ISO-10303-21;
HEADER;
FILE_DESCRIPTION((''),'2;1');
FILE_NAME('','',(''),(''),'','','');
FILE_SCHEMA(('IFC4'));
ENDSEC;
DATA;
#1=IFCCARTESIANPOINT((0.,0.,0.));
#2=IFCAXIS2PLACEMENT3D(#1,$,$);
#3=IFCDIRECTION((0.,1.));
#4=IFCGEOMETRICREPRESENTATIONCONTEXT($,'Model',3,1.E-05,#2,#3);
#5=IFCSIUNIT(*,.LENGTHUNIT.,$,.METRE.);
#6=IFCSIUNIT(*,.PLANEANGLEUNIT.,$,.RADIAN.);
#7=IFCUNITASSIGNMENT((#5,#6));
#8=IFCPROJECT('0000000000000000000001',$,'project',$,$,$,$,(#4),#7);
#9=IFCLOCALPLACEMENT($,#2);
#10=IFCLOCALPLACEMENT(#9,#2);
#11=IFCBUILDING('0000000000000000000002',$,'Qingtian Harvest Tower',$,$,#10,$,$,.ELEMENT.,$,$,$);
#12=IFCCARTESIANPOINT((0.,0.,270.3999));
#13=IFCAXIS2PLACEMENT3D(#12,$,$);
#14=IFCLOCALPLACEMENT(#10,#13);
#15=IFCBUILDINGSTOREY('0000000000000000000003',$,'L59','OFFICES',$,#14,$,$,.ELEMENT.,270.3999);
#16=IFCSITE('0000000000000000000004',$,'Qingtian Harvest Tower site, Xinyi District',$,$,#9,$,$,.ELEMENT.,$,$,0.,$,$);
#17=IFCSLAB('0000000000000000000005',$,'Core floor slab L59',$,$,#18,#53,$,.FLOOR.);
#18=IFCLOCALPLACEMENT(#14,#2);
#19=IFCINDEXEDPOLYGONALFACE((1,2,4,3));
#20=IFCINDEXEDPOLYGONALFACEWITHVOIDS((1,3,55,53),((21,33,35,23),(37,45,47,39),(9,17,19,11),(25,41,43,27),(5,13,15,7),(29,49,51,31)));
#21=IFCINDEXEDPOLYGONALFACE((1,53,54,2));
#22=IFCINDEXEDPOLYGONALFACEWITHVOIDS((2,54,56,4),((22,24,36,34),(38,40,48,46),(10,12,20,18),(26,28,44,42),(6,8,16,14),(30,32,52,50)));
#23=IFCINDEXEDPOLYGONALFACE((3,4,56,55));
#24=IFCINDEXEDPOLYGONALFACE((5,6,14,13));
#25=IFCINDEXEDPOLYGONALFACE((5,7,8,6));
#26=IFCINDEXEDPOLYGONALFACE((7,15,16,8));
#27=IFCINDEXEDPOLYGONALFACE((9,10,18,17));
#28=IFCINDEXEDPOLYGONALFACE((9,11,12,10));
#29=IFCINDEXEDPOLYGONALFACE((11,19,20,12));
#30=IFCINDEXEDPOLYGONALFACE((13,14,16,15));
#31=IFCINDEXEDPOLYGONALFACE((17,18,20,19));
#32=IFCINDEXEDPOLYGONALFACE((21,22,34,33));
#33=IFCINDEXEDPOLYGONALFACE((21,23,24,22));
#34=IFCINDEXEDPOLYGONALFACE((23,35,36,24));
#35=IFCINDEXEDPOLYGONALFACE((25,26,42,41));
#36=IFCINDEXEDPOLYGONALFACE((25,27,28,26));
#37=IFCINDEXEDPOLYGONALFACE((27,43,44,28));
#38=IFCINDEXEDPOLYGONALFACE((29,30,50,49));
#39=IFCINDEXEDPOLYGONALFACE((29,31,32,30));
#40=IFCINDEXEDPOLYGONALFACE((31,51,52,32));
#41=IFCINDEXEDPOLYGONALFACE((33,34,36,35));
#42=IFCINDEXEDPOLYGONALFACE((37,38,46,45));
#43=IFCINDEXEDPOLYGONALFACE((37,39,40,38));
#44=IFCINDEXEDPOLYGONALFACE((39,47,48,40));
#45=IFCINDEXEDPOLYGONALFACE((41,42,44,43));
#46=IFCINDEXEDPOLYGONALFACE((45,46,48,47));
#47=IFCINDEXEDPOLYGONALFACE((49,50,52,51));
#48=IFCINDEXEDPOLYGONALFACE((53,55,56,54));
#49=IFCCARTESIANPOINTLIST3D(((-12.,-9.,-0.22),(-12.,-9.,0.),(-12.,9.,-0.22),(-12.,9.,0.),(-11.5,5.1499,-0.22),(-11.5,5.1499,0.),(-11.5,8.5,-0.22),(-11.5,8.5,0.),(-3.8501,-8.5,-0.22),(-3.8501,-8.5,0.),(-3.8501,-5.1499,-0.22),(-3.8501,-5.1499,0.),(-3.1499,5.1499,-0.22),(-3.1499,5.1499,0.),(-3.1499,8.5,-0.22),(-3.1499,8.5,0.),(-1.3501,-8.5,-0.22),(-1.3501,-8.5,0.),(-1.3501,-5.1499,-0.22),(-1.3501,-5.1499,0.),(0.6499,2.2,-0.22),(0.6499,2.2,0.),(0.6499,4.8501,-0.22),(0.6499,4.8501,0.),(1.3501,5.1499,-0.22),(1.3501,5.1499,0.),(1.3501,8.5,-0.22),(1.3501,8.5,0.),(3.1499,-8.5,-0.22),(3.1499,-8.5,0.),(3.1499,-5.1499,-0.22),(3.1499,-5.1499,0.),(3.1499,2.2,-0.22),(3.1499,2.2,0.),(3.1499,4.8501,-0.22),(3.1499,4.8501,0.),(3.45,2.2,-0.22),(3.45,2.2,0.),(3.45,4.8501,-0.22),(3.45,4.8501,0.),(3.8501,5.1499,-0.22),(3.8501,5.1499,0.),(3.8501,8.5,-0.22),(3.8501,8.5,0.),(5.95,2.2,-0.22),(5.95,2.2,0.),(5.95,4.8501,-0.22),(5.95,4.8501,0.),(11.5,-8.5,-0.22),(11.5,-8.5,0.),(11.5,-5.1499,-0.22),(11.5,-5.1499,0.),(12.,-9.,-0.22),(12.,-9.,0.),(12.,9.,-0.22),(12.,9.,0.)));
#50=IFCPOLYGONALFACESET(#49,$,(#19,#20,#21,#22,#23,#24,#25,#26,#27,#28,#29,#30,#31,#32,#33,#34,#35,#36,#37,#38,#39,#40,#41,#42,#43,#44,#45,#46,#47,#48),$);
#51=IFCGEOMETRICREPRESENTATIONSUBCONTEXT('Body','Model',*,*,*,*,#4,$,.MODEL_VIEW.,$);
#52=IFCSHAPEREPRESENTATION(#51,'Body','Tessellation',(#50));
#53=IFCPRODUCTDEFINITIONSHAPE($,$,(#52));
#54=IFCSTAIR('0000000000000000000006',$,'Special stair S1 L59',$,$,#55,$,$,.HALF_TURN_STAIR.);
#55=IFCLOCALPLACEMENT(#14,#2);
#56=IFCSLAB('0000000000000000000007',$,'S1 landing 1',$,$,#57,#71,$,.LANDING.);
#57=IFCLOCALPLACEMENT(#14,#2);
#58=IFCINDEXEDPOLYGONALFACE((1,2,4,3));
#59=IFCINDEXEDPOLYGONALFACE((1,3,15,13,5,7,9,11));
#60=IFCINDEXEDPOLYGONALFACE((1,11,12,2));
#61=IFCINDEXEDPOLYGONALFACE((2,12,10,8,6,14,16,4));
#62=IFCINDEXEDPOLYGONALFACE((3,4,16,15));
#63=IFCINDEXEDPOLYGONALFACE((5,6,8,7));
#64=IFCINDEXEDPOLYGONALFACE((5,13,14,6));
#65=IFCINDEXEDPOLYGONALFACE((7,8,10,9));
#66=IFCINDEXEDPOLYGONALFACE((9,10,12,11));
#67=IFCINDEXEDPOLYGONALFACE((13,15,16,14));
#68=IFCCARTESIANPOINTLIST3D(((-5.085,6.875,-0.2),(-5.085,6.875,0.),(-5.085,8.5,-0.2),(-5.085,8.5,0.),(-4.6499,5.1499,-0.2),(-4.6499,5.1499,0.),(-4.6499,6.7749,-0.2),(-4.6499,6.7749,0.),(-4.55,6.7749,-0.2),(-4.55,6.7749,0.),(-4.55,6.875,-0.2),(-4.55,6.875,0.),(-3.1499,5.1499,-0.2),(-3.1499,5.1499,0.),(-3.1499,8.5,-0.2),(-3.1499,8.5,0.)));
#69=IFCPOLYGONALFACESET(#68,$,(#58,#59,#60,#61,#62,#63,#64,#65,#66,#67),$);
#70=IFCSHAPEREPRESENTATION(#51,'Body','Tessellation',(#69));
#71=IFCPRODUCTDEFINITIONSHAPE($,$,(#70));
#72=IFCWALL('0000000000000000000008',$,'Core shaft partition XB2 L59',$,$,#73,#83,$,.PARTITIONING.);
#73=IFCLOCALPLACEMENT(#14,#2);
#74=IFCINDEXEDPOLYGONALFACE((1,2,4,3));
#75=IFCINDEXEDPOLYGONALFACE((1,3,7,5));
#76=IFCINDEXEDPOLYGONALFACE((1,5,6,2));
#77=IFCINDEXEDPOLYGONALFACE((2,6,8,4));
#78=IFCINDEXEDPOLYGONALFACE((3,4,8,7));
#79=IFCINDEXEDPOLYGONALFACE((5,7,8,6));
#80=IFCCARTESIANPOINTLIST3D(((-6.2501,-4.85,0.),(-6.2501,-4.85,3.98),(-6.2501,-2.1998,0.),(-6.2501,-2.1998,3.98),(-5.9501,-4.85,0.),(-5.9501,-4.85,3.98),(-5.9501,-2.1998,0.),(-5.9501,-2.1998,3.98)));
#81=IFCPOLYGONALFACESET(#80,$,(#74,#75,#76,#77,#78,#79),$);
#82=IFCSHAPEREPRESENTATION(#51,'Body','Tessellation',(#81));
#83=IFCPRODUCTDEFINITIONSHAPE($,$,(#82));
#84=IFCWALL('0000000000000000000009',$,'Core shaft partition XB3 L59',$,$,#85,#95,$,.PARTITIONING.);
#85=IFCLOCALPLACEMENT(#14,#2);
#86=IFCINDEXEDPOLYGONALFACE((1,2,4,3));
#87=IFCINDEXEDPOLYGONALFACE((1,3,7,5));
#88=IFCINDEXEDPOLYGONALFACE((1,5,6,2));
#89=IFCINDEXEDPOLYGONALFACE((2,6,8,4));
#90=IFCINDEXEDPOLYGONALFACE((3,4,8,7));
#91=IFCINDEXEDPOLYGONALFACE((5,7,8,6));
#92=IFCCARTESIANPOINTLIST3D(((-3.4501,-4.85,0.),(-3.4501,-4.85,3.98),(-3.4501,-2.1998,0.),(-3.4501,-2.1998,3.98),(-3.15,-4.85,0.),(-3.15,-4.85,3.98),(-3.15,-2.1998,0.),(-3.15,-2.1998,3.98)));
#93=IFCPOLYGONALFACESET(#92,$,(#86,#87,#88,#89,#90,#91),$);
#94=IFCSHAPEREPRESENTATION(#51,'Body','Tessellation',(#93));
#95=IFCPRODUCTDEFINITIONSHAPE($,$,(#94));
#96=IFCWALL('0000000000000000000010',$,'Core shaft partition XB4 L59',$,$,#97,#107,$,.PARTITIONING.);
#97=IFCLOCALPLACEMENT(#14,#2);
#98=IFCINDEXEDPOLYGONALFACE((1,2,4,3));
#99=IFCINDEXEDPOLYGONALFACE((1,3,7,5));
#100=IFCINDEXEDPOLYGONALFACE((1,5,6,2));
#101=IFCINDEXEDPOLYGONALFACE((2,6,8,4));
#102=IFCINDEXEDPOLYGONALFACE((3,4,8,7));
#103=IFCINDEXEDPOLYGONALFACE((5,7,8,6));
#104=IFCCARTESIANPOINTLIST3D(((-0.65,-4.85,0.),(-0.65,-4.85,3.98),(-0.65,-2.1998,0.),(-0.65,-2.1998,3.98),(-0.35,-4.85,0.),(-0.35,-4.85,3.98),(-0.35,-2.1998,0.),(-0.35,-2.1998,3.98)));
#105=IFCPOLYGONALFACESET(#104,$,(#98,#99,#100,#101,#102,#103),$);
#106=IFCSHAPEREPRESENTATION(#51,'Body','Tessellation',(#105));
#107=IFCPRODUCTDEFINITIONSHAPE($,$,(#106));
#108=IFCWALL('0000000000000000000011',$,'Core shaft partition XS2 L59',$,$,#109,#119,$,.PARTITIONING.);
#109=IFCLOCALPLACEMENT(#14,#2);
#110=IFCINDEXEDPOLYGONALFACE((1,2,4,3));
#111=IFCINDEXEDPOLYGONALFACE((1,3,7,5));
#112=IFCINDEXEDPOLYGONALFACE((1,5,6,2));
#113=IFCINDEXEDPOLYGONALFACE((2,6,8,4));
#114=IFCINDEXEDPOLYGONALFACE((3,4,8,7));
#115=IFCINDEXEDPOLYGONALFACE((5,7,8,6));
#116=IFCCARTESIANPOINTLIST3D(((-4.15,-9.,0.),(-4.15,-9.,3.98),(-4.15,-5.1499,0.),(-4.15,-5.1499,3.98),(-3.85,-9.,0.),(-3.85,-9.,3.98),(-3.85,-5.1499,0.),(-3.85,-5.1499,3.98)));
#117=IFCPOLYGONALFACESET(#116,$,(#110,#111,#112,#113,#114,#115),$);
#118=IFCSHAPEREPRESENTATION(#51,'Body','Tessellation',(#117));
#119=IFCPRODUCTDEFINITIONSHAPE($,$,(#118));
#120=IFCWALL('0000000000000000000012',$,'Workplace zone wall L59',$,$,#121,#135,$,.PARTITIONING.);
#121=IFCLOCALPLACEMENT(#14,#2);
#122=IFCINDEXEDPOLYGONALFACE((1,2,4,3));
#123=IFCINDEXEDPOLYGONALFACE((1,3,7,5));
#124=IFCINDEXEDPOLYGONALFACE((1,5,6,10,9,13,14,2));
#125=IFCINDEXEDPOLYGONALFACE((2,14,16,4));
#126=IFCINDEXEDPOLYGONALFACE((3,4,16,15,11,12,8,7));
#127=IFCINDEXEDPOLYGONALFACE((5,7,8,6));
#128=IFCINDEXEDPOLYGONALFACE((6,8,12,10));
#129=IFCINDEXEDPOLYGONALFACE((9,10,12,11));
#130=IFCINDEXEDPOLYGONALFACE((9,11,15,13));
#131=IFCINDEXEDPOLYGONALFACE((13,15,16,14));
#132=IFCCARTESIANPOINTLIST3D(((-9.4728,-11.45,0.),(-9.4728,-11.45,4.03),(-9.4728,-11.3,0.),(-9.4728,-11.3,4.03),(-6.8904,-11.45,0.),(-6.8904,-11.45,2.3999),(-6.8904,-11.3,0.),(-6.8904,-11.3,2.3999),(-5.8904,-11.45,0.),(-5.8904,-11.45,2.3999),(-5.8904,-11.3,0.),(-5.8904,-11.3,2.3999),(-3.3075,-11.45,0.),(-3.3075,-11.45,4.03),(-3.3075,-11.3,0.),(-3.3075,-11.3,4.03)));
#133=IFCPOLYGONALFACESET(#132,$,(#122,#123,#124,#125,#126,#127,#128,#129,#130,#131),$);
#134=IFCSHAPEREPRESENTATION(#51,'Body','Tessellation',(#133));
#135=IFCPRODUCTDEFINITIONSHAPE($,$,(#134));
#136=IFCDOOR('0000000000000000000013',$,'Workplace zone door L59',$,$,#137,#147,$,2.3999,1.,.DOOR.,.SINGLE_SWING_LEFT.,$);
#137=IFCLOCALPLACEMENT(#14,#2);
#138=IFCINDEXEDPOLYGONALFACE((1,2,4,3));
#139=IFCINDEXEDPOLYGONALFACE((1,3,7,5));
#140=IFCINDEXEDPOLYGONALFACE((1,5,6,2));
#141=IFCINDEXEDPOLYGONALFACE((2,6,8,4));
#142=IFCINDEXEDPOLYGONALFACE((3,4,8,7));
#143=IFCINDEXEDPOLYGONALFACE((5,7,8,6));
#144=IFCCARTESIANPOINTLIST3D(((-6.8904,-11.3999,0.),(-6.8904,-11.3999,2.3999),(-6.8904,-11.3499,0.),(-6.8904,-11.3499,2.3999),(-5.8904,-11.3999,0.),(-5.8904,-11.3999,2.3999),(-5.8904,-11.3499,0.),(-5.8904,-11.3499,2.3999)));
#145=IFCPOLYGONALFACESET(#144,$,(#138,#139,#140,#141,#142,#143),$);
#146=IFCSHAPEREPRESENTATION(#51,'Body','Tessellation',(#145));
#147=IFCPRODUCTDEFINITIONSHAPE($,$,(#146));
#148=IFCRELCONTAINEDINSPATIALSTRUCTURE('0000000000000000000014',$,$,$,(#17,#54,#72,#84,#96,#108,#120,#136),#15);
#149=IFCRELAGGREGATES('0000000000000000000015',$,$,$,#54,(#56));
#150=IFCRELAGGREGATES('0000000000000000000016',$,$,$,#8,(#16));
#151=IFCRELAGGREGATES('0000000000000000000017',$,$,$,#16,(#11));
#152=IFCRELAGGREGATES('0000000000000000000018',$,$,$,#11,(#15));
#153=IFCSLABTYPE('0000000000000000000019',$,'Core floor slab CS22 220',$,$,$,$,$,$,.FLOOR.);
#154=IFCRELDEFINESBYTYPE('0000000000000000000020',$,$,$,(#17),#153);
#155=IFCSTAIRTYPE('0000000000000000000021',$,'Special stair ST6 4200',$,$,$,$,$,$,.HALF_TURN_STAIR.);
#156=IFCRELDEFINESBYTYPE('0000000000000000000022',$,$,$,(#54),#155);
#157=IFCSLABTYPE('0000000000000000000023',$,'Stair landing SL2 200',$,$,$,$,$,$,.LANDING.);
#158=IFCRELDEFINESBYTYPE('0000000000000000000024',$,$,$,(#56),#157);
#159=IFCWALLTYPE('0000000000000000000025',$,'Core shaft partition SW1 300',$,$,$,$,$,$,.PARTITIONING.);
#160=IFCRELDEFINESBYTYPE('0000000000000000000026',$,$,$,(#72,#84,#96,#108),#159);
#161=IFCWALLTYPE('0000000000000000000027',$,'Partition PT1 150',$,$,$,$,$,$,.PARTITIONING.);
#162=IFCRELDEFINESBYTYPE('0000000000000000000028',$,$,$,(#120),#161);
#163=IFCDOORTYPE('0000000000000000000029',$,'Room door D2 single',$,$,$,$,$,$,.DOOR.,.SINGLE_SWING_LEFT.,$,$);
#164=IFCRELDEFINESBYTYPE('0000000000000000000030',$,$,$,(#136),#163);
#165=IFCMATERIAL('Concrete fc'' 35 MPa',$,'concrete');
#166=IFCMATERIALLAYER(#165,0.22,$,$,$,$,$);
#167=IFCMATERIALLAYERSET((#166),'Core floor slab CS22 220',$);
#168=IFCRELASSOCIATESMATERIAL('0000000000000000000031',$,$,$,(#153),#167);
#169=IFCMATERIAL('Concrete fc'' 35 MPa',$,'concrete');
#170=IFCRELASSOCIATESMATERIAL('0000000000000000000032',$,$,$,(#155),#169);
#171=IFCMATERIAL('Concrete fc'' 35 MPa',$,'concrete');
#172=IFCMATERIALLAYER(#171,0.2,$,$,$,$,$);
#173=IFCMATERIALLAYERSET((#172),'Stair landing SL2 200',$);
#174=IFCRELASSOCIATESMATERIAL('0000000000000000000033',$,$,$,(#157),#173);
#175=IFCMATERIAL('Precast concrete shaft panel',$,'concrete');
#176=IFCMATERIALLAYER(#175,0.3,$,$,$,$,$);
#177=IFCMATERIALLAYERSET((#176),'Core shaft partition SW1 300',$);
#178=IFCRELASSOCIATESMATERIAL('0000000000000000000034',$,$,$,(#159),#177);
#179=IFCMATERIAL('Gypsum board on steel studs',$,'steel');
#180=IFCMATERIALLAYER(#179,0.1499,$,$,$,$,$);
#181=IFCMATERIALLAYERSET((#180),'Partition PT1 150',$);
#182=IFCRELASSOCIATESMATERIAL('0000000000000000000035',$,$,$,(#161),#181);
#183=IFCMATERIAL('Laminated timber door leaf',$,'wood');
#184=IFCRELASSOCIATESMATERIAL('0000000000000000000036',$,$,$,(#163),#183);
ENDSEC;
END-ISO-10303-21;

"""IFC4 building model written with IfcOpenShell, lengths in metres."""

from ifc_helpers import new_model, si_unit, direction, frame, frame_2d, origin, place, context, subcontext, project, spatial, polyline, rectangle, outline, extrude, material, layer, layer_set, type_object, element, fill, aggregate, save


model = new_model("IFC4")

# Units and contexts
model_context = context("Model", 3, precision=1e-05, world=origin(), true_north=direction((0.0, 1.0)))
body_context = subcontext(model_context, "Body", "Model", "MODEL_VIEW")
ifc_project = project(units=[si_unit("LENGTHUNIT", "METRE"), si_unit("PLANEANGLEUNIT", "RADIAN")], contexts=[model_context])

# Site, building, storey
site_placement = place(None, origin())
site = spatial("IfcSite", under=ifc_project, at=site_placement, Name="Qingtian Harvest Tower site, Xinyi District", CompositionType="ELEMENT", RefElevation=0.0)
building_placement = place(site_placement, origin())
building = spatial("IfcBuilding", under=site, at=building_placement, Name="Qingtian Harvest Tower", CompositionType="ELEMENT")
storey_placement = place(building_placement, frame((0.0, 0.0, 270.3999)))
storey = spatial("IfcBuildingStorey", under=building, at=storey_placement, Name="L59", Description="OFFICES", CompositionType="ELEMENT", Elevation=270.3999)

# Slab
ifc_material_1 = material(Name="Concrete fc' 35 MPa", Category="concrete")
ifc_layer_1 = layer(ifc_material_1, 0.22)
ifc_layer_set_1 = layer_set([ifc_layer_1], Name="Core floor slab CS22 220")
slab_type_1 = type_object("IfcSlabType", Name="Core floor slab CS22 220", PredefinedType="FLOOR", material=ifc_layer_set_1)
slab_1_placement = place(storey_placement, frame((0.0, 0.0, -0.22)))
element("IfcSlab", 1, at=slab_1_placement, inside=storey, type_object=slab_type_1, Name="Core floor slab L59", PredefinedType="FLOOR", context=body_context, shape_type="SweptSolid", body=[
    extrude(outline(polyline([(-12.0, -9.0), (12.0, -9.0), (12.0, 9.0), (-12.0, 9.0), (-12.0, -9.0)]), holes=[polyline([(-11.5, 5.1499), (-3.1499, 5.1499), (-3.1499, 8.5), (-11.5, 8.5), (-11.5, 5.1499)]), polyline([(3.1499, -8.5), (11.5, -8.5), (11.5, -5.1499), (3.1499, -5.1499), (3.1499, -8.5)]), polyline([(1.3501, 5.1499), (3.8501, 5.1499), (3.8501, 8.5), (1.3501, 8.5), (1.3501, 5.1499)]), polyline([(-3.8501, -8.5), (-1.3501, -8.5), (-1.3501, -5.1499), (-3.8501, -5.1499), (-3.8501, -8.5)]), polyline([(0.6499, 2.2), (3.1499, 2.2), (3.1499, 4.8501), (0.6499, 4.8501), (0.6499, 2.2)]), polyline([(3.45, 2.2), (5.95, 2.2), (5.95, 4.8501), (3.45, 4.8501), (3.45, 2.2)])]), origin(), (0.0, 0.0, 1.0), 0.22),
])

# Stair, slab
ifc_material_2 = material(Name="Concrete fc' 35 MPa", Category="concrete")
stair_type = type_object("IfcStairType", Name="Special stair ST6 4200", PredefinedType="HALF_TURN_STAIR", material=ifc_material_2)
stair_placement = place(storey_placement, origin())
stair = element("IfcStair", 2, at=stair_placement, inside=storey, type_object=stair_type, Name="Special stair S1 L59", PredefinedType="HALF_TURN_STAIR")
ifc_material_3 = material(Name="Concrete fc' 35 MPa", Category="concrete")
ifc_layer_2 = layer(ifc_material_3, 0.2)
ifc_layer_set_2 = layer_set([ifc_layer_2], Name="Stair landing SL2 200")
slab_type_2 = type_object("IfcSlabType", Name="Stair landing SL2 200", PredefinedType="LANDING", material=ifc_layer_set_2)
slab_2_placement = place(storey_placement, frame((0.0, 0.0, -0.2)))
slab_2 = element("IfcSlab", 3, at=slab_2_placement, type_object=slab_type_2, Name="S1 landing 1", PredefinedType="LANDING", context=body_context, shape_type="SweptSolid", body=[
    extrude(outline(polyline([(-4.6499, 5.1499), (-4.6499, 6.7749), (-4.55, 6.7749), (-4.55, 6.875), (-5.085, 6.875), (-5.085, 8.5), (-3.1499, 8.5), (-3.1499, 5.1499), (-4.6499, 5.1499)])), origin(), (0.0, 0.0, 1.0), 0.2),
])
aggregate(stair, [slab_2])

# Walls
ifc_material_4 = material(Name="Precast concrete shaft panel", Category="concrete")
ifc_layer_3 = layer(ifc_material_4, 0.3)
ifc_layer_set_3 = layer_set([ifc_layer_3], Name="Core shaft partition SW1 300")
wall_type_1 = type_object("IfcWallType", Name="Core shaft partition SW1 300", PredefinedType="PARTITIONING", material=ifc_layer_set_3)
for number, where, z_axis, x_axis, name in (
    (4, (-6.1001, -4.8501, 0.0), (0.0, 0.0, 1.0), (0.0, 1.0, 0.0), "Core shaft partition XB2 L59"),
    (5, (-3.3, -4.8501, 0.0), (0.0, 0.0, 1.0), (0.0, 1.0, 0.0), "Core shaft partition XB3 L59"),
    (6, (-0.5, -4.8501, 0.0), (0.0, 0.0, 1.0), (0.0, 1.0, 0.0), "Core shaft partition XB4 L59"),
):
    element("IfcWall", number, at=place(storey_placement, frame(where, z_axis=z_axis, x_axis=x_axis)), inside=storey, type_object=wall_type_1, Name=name, PredefinedType="PARTITIONING", context=body_context, shape_type="SweptSolid", body=[
        extrude(rectangle(XDim=2.6501, YDim=0.3, at=frame_2d((1.3252, 0.0))), origin(), (0.0, 0.0, 1.0), 3.98),
    ])
wall_1_placement = place(storey_placement, frame((-4.0, -9.0, 0.0), z_axis=(0.0, 0.0, 1.0), x_axis=(0.0, 1.0, 0.0)))
element("IfcWall", 7, at=wall_1_placement, inside=storey, type_object=wall_type_1, Name="Core shaft partition XS2 L59", PredefinedType="PARTITIONING", context=body_context, shape_type="SweptSolid", body=[
    extrude(rectangle(XDim=3.8501, YDim=0.3, at=frame_2d((1.925, 0.0))), origin(), (0.0, 0.0, 1.0), 3.98),
])

# Wall, opening, door
ifc_material_5 = material(Name="Gypsum board on steel studs", Category="steel")
ifc_layer_4 = layer(ifc_material_5, 0.1499)
ifc_layer_set_4 = layer_set([ifc_layer_4], Name="Partition PT1 150")
wall_type_2 = type_object("IfcWallType", Name="Partition PT1 150", PredefinedType="PARTITIONING", material=ifc_layer_set_4)
wall_2_placement = place(storey_placement, frame((-3.3076, -11.375, 0.0), z_axis=(0.0, 0.0, 1.0), x_axis=(-1.0, 0.0, 0.0)))
wall_2 = element("IfcWall", 8, at=wall_2_placement, inside=storey, type_object=wall_type_2, Name="Workplace zone wall L59", PredefinedType="PARTITIONING", context=body_context, shape_type="SweptSolid", body=[
    extrude(rectangle(XDim=6.1653, YDim=0.1499, at=frame_2d((3.0825, 0.0))), origin(), (0.0, 0.0, 1.0), 4.03),
])
opening_1_placement = place(wall_2_placement, frame((2.5828, 0.0, 0.0)))
opening_1 = element("IfcOpeningElement", 9, at=opening_1_placement, cuts=wall_2, PredefinedType="OPENING", context=body_context, shape_type="SweptSolid", body=[
    extrude(rectangle(XDim=1.0, YDim=2.3999, at=frame_2d((0.5, 1.2))), frame((0.0, 0.085, 0.0), z_axis=(0.0, -1.0, 0.0), x_axis=(1.0, 0.0, 0.0)), (0.0, 0.0, 1.0), 0.1699),
])
ifc_material_6 = material(Name="Laminated timber door leaf", Category="wood")
door_type_1 = type_object("IfcDoorType", Name="Room door D2 single", OperationType="SINGLE_SWING_LEFT", PredefinedType="DOOR", material=ifc_material_6)
door_1_placement = place(opening_1_placement, origin())
door_1 = element("IfcDoor", 10, at=door_1_placement, inside=storey, type_object=door_type_1, Name="Workplace zone door L59", OperationType="SINGLE_SWING_LEFT", OverallHeight=2.3999, OverallWidth=1.0, PredefinedType="DOOR", context=body_context, shape_type="SweptSolid", body=[
    extrude(rectangle(XDim=1.0, YDim=2.3999, at=frame_2d((0.5, 1.2))), frame((0.0, 0.0249, 0.0), z_axis=(0.0, -1.0, 0.0), x_axis=(1.0, 0.0, 0.0)), (0.0, 0.0, 1.0), 0.05),
])
fill(opening_1, door_1)

save(model, "model.ifc")
